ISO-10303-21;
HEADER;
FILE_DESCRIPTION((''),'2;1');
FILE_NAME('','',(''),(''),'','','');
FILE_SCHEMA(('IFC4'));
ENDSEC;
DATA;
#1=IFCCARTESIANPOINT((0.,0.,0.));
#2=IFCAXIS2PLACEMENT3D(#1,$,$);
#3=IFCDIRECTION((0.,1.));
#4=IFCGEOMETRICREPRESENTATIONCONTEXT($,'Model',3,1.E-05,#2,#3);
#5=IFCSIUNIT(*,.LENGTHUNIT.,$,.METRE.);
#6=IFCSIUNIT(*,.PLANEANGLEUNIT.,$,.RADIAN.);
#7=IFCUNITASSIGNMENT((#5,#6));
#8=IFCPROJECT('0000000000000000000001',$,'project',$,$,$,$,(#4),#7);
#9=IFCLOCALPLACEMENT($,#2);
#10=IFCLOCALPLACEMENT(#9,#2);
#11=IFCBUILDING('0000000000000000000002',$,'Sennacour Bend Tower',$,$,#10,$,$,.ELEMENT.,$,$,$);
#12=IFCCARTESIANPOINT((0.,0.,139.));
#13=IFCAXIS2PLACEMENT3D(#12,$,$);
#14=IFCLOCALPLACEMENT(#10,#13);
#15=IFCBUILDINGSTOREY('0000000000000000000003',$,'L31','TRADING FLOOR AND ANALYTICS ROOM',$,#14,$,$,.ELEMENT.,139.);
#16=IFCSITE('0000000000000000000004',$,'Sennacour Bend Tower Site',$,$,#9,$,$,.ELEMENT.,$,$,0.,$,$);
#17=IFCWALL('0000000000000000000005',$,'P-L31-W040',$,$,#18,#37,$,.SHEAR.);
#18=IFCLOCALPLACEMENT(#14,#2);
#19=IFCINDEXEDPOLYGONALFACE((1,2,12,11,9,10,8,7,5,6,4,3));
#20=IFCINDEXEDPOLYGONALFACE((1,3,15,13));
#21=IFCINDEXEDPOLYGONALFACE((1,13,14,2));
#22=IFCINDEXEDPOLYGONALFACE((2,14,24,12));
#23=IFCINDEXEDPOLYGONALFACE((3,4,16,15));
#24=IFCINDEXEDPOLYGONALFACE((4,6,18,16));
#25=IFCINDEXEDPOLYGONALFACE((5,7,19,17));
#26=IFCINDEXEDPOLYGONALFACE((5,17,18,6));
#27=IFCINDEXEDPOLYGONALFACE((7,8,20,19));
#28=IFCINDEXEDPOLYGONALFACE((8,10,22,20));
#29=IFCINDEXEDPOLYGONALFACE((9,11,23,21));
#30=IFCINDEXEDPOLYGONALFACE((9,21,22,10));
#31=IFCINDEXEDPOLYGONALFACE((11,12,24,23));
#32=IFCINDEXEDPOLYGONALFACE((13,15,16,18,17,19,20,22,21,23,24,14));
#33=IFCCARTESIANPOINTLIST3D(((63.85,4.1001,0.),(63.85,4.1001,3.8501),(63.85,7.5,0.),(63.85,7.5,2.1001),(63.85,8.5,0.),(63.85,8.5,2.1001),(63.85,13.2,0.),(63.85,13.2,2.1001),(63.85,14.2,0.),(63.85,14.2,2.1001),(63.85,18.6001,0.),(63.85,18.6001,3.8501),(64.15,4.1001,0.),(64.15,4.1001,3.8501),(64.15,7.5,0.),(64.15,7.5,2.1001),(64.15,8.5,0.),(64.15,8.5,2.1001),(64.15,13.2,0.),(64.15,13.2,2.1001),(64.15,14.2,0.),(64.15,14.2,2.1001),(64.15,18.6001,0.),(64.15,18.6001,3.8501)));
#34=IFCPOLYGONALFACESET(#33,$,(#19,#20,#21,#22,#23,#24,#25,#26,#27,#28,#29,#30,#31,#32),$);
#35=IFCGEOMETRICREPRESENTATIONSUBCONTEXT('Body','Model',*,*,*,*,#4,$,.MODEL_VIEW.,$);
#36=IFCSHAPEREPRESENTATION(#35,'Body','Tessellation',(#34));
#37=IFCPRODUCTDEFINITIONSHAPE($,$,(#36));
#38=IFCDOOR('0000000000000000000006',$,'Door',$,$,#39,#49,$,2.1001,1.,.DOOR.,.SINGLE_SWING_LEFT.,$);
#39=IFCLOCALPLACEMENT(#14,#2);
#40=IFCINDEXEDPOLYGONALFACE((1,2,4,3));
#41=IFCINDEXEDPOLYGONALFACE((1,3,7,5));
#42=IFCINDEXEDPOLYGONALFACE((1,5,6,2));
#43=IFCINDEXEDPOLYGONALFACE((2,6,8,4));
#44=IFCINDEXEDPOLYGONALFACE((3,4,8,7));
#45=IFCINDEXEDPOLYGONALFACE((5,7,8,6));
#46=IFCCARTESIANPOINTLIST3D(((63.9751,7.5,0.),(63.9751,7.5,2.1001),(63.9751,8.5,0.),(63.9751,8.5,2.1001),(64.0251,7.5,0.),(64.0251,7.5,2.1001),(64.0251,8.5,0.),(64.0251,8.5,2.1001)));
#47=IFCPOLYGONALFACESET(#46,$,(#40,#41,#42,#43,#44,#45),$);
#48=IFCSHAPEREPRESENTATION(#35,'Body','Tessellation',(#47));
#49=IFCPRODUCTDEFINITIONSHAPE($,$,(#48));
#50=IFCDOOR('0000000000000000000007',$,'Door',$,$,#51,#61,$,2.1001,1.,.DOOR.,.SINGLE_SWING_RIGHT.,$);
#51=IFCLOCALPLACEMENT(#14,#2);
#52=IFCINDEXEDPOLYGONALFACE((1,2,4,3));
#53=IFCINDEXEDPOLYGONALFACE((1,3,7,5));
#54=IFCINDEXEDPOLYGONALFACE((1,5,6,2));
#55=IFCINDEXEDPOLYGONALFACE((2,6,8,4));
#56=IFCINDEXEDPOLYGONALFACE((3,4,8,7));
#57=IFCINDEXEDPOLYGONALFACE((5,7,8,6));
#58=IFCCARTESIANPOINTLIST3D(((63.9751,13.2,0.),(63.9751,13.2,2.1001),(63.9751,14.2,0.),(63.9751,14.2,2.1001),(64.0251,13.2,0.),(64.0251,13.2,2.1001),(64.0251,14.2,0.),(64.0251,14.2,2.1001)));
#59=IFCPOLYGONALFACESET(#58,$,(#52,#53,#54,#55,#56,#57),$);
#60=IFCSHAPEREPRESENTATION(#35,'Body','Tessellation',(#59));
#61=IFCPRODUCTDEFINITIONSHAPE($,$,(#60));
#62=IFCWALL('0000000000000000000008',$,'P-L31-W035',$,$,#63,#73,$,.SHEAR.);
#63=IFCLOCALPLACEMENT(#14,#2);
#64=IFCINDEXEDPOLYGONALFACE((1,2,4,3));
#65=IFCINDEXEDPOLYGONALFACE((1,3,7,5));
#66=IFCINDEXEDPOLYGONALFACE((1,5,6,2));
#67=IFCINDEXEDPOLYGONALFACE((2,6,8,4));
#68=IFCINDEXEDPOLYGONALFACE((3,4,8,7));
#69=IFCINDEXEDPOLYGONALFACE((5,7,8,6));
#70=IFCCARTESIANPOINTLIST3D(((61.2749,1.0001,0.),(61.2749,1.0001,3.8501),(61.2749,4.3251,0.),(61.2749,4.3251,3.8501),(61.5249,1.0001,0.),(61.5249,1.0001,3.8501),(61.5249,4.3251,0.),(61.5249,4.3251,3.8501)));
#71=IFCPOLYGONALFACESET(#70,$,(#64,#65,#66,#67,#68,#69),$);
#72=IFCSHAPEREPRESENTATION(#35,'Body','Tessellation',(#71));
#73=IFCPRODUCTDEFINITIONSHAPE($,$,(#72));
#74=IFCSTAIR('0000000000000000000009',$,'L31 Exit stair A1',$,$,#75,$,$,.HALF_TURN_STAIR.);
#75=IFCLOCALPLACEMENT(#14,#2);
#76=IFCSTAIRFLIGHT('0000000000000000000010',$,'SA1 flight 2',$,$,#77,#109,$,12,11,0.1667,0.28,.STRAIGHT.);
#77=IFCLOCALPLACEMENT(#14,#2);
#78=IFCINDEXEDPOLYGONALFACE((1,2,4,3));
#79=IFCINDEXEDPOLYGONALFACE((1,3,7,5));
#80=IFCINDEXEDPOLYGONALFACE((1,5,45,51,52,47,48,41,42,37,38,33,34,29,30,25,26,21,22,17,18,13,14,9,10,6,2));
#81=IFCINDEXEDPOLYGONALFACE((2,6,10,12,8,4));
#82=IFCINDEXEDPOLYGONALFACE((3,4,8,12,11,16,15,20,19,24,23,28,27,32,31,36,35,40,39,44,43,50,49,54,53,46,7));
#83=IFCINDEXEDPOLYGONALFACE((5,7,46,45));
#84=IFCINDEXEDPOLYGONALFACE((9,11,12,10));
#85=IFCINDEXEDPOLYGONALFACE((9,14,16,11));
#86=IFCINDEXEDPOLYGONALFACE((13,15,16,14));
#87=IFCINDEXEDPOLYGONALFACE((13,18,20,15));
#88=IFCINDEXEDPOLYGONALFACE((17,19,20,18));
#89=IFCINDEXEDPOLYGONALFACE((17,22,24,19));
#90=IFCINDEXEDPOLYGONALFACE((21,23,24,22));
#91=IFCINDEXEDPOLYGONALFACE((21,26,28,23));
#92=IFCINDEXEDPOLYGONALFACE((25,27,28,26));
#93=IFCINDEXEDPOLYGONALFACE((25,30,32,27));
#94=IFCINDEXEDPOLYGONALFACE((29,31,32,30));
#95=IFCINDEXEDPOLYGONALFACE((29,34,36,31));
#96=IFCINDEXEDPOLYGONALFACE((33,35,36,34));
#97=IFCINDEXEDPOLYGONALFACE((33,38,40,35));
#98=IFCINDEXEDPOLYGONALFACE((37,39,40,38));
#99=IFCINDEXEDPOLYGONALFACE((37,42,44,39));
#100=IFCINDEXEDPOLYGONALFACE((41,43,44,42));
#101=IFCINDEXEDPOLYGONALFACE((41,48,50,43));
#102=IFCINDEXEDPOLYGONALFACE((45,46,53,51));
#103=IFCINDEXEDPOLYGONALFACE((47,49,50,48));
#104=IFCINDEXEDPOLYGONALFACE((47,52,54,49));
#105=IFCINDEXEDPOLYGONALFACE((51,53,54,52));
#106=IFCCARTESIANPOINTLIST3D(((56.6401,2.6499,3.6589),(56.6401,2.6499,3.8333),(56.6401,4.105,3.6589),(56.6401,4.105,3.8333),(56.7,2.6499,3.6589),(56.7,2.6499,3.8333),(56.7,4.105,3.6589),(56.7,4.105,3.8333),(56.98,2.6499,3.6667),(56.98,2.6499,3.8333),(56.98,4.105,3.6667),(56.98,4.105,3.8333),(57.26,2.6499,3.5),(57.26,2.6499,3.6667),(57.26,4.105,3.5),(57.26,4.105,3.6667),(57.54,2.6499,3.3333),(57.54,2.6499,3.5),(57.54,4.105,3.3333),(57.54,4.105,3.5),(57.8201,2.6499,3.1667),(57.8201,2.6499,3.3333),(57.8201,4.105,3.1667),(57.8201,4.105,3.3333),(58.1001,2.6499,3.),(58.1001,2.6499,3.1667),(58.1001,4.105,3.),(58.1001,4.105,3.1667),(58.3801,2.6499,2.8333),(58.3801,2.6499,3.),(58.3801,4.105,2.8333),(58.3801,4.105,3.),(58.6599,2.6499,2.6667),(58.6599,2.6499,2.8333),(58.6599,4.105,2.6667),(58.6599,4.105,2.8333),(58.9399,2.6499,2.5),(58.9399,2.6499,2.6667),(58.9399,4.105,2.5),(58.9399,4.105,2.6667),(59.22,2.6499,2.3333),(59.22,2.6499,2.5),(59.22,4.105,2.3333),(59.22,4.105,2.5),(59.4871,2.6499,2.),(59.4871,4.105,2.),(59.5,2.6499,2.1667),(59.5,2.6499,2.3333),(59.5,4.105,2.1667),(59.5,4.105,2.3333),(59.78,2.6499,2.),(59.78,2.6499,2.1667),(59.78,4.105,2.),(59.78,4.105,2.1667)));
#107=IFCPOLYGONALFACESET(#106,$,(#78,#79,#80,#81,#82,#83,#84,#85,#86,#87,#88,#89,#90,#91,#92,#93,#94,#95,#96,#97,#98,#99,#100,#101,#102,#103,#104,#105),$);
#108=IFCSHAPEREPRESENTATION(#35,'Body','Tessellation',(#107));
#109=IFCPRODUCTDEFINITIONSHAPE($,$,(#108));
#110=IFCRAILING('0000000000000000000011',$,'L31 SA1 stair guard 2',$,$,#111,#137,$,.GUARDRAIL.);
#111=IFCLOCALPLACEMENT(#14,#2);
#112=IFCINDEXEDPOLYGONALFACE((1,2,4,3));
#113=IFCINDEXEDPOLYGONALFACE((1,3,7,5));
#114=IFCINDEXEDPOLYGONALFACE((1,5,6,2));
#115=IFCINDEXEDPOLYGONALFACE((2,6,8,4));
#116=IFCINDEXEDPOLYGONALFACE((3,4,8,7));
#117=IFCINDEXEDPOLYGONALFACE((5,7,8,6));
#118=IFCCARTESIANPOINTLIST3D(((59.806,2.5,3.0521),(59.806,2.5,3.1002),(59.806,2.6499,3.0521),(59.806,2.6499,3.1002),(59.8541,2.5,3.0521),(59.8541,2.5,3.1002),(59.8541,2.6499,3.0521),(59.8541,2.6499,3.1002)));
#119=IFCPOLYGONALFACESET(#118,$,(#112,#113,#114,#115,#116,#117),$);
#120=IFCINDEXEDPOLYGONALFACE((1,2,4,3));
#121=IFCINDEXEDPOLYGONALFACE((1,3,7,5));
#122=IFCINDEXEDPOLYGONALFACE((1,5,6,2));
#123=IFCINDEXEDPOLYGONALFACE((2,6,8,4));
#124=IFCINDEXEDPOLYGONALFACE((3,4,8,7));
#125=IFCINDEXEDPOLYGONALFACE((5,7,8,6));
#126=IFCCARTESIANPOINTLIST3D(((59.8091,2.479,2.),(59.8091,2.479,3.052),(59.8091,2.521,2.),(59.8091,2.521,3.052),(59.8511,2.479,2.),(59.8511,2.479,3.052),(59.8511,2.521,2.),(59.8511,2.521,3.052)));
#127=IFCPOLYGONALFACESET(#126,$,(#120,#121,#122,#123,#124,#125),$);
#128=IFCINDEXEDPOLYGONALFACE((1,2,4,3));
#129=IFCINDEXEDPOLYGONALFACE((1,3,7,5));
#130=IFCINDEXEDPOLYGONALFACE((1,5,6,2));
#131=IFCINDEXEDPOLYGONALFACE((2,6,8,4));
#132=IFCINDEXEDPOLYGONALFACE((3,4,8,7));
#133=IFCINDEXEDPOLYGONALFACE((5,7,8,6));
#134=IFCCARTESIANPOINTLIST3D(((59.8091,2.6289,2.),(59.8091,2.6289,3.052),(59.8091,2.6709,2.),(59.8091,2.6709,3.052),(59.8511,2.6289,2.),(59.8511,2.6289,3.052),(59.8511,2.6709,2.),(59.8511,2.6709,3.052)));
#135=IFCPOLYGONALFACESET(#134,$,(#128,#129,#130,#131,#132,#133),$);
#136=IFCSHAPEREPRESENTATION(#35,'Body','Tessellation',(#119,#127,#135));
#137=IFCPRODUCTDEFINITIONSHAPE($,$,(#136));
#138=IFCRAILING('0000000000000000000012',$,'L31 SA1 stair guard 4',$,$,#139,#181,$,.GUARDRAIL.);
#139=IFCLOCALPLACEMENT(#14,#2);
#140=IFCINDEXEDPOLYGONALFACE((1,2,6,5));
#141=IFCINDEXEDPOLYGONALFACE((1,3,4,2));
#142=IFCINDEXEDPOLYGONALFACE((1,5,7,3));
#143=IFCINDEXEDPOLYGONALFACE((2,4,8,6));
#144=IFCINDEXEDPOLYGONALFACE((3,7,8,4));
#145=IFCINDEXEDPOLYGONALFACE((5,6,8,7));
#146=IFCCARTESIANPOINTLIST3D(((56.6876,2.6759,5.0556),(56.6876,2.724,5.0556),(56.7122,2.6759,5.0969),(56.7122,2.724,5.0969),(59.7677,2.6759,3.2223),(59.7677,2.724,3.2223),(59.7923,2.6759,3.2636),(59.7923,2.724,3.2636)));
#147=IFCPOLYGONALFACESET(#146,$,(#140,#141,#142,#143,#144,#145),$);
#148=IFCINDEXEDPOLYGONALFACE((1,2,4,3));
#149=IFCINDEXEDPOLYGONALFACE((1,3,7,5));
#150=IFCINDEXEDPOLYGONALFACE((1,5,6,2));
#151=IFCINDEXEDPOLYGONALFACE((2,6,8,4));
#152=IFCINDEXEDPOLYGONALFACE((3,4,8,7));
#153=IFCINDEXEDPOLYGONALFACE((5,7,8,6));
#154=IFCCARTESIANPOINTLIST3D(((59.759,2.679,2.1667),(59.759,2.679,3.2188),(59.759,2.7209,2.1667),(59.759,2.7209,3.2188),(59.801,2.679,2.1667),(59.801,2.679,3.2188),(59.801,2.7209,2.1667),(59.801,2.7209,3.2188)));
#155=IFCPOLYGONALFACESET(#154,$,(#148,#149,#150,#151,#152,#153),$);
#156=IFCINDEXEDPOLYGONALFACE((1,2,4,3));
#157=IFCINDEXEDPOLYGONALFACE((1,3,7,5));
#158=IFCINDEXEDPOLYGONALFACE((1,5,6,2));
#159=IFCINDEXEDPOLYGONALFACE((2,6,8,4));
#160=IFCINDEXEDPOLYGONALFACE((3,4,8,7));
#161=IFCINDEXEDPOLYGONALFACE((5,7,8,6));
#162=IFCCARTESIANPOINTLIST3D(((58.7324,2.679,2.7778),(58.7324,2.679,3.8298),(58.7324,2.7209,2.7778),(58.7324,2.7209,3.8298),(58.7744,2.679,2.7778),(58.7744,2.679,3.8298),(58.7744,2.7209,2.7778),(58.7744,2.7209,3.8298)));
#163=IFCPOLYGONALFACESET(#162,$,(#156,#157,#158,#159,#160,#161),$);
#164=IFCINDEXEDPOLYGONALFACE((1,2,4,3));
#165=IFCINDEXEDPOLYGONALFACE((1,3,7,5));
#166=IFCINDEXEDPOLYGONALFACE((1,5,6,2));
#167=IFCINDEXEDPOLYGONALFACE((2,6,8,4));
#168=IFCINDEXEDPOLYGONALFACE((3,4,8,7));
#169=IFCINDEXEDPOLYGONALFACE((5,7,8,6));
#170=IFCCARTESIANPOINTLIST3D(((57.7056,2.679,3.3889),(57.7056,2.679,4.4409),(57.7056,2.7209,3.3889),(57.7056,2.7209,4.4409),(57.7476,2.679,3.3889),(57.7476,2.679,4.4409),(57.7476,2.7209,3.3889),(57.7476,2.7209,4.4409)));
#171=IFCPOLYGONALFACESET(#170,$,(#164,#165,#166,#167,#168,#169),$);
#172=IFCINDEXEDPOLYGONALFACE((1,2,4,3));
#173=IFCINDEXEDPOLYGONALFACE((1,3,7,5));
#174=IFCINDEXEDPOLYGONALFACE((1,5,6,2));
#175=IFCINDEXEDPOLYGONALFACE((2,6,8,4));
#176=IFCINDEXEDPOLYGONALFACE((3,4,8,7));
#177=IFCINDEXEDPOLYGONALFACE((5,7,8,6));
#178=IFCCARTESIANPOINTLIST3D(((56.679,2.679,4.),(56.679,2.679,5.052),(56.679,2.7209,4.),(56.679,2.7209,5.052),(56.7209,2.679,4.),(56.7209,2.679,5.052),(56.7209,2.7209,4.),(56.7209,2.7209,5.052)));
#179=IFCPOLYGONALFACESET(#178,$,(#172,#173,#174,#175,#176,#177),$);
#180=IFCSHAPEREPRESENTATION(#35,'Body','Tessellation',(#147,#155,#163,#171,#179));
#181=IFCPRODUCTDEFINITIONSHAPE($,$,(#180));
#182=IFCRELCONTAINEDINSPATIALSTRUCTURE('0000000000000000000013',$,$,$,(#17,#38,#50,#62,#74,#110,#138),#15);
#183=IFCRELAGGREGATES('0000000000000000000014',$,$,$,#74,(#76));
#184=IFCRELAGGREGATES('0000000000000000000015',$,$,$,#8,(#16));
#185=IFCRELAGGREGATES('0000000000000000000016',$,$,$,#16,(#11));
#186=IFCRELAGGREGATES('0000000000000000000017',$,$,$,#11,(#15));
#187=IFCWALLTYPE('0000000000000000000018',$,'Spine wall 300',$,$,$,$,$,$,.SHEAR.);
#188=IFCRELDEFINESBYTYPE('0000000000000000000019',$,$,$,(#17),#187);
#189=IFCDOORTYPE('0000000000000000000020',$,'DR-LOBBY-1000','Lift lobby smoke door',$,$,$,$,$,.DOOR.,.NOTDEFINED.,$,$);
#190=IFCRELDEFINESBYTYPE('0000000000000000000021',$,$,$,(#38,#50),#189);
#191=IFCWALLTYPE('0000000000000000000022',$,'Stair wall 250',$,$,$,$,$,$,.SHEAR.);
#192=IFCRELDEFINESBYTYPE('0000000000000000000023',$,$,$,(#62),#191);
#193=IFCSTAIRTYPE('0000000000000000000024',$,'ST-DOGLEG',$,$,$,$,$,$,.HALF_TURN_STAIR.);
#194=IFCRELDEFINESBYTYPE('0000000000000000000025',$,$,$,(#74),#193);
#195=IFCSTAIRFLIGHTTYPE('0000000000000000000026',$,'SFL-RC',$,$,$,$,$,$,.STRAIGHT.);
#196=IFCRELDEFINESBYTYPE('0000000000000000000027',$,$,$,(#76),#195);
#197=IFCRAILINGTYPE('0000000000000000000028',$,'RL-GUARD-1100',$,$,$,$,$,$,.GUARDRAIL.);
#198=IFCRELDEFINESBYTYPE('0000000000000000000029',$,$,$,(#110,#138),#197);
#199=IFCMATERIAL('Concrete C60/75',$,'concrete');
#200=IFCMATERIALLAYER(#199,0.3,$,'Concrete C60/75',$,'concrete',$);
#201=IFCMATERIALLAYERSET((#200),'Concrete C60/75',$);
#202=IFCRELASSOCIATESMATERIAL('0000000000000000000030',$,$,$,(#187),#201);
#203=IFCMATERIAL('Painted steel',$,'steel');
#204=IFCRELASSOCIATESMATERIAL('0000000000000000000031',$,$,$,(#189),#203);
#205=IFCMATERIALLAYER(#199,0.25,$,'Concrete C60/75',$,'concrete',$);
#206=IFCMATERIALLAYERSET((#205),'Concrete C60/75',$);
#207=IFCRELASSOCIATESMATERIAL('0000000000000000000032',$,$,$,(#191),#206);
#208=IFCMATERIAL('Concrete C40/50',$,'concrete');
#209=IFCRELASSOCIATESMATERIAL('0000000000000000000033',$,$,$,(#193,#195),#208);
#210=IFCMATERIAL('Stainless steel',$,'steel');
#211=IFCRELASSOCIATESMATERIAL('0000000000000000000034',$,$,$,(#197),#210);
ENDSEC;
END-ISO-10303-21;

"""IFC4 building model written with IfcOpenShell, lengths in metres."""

from ifc_helpers import new_model, si_unit, direction, frame, frame_2d, origin, origin_2d, place, context, subcontext, project, spatial, polyline, rectangle, outline, extrude, material, layer, layer_set, type_object, element, fill, aggregate, save


model = new_model("IFC4")

# Units and contexts
model_context = context("Model", 3, precision=1e-05, world=origin(), true_north=direction((0.0, 1.0)))
body_context = subcontext(model_context, "Body", "Model", "MODEL_VIEW")
ifc_project = project(units=[si_unit("LENGTHUNIT", "METRE"), si_unit("PLANEANGLEUNIT", "RADIAN")], contexts=[model_context])

# Site, building, storey
site_placement = place(None, origin())
site = spatial("IfcSite", under=ifc_project, at=site_placement, Name="Sennacour Bend Tower Site", CompositionType="ELEMENT", RefElevation=0.0)
building_placement = place(site_placement, origin())
building = spatial("IfcBuilding", under=site, at=building_placement, Name="Sennacour Bend Tower", CompositionType="ELEMENT")
storey_placement = place(building_placement, frame((0.0, 0.0, 139.0)))
storey = spatial("IfcBuildingStorey", under=building, at=storey_placement, Name="L31", Description="TRADING FLOOR AND ANALYTICS ROOM", CompositionType="ELEMENT", Elevation=139.0)

# Shared definitions
ifc_material_1 = material(Name="Concrete C60/75", Category="concrete")

# Shared definitions
ifc_material_2 = material(Name="Painted steel", Category="steel")

# Wall, openings, doors
ifc_layer_1 = layer(ifc_material_1, 0.3, Name="Concrete C60/75", Category="concrete")
ifc_layer_set_1 = layer_set([ifc_layer_1], Name="Concrete C60/75")
wall_type_1 = type_object("IfcWallType", Name="Spine wall 300", PredefinedType="SHEAR", material=ifc_layer_set_1)
wall_1_placement = place(storey_placement, frame((64.0, 4.1001, 0.0), z_axis=(0.0, 0.0, 1.0), x_axis=(0.0, 1.0, 0.0)))
wall_1 = element("IfcWall", 1, at=wall_1_placement, inside=storey, type_object=wall_type_1, Name="P-L31-W040", PredefinedType="SHEAR", context=body_context, shape_type="SweptSolid", body=[
    extrude(rectangle(XDim=14.5, YDim=0.3, at=frame_2d((7.25, 0.0))), origin(), (0.0, 0.0, 1.0), 3.8501),
])
opening_1_placement = place(wall_1_placement, frame((3.3999, 0.0, 0.0)))
opening_1 = element("IfcOpeningElement", 2, at=opening_1_placement, cuts=wall_1, PredefinedType="OPENING", context=body_context, shape_type="SweptSolid", body=[
    extrude(rectangle(XDim=1.0, YDim=2.1001, at=frame_2d((0.5, 1.05))), frame((0.0, 0.1602, 0.0), z_axis=(0.0, -1.0, 0.0), x_axis=(1.0, 0.0, 0.0)), (0.0, 0.0, 1.0), 0.3201),
])
opening_2_placement = place(wall_1_placement, frame((9.0999, 0.0, 0.0)))
opening_2 = element("IfcOpeningElement", 3, at=opening_2_placement, cuts=wall_1, PredefinedType="OPENING", context=body_context, shape_type="SweptSolid", body=[
    extrude(rectangle(XDim=1.0, YDim=2.1001, at=frame_2d((0.5, 1.05))), frame((0.0, 0.1602, 0.0), z_axis=(0.0, -1.0, 0.0), x_axis=(1.0, 0.0, 0.0)), (0.0, 0.0, 1.0), 0.3201),
])
door_type_1 = type_object("IfcDoorType", Name="DR-LOBBY-1000", Description="Lift lobby smoke door", OperationType="NOTDEFINED", PredefinedType="DOOR", material=ifc_material_2)
door_1_placement = place(opening_1_placement, origin())
door_1 = element("IfcDoor", 4, at=door_1_placement, inside=storey, type_object=door_type_1, Name="Door", OperationType="SINGLE_SWING_LEFT", OverallHeight=2.1001, OverallWidth=1.0, PredefinedType="DOOR", context=body_context, shape_type="SweptSolid", body=[
    extrude(rectangle(XDim=1.0, YDim=2.1001, at=frame_2d((0.5, 1.05))), frame((0.0, 0.0249, 0.0), z_axis=(0.0, -1.0, 0.0), x_axis=(1.0, 0.0, 0.0)), (0.0, 0.0, 1.0), 0.05),
])
fill(opening_1, door_1)
door_2_placement = place(opening_2_placement, origin())
door_2 = element("IfcDoor", 5, at=door_2_placement, inside=storey, type_object=door_type_1, Name="Door", OperationType="SINGLE_SWING_RIGHT", OverallHeight=2.1001, OverallWidth=1.0, PredefinedType="DOOR", context=body_context, shape_type="SweptSolid", body=[
    extrude(rectangle(XDim=1.0, YDim=2.1001, at=frame_2d((0.5, 1.05))), frame((0.0, 0.0249, 0.0), z_axis=(0.0, -1.0, 0.0), x_axis=(1.0, 0.0, 0.0)), (0.0, 0.0, 1.0), 0.05),
])
fill(opening_2, door_2)

# Wall
ifc_layer_2 = layer(ifc_material_1, 0.25, Name="Concrete C60/75", Category="concrete")
ifc_layer_set_2 = layer_set([ifc_layer_2], Name="Concrete C60/75")
wall_type_2 = type_object("IfcWallType", Name="Stair wall 250", PredefinedType="SHEAR", material=ifc_layer_set_2)
wall_2_placement = place(storey_placement, frame((61.3999, 1.0, 0.0), z_axis=(0.0, 0.0, 1.0), x_axis=(0.0, 1.0, 0.0)))
element("IfcWall", 6, at=wall_2_placement, inside=storey, type_object=wall_type_2, Name="P-L31-W035", PredefinedType="SHEAR", context=body_context, shape_type="SweptSolid", body=[
    extrude(rectangle(XDim=3.325, YDim=0.25, at=frame_2d((1.6626, 0.0))), origin(), (0.0, 0.0, 1.0), 3.8501),
])

# Stair, stair flight
ifc_material_3 = material(Name="Concrete C40/50", Category="concrete")
stair_type = type_object("IfcStairType", Name="ST-DOGLEG", PredefinedType="HALF_TURN_STAIR", material=ifc_material_3)
stair_placement = place(storey_placement, origin())
stair = element("IfcStair", 7, at=stair_placement, inside=storey, type_object=stair_type, Name="L31 Exit stair A1", PredefinedType="HALF_TURN_STAIR")
stair_flight_type = type_object("IfcStairFlightType", Name="SFL-RC", PredefinedType="STRAIGHT", material=ifc_material_3)
stair_flight_placement = place(storey_placement, frame((59.78, 3.3774, 2.0), z_axis=(0.0, 0.0, 1.0), x_axis=(-1.0, 0.0, 0.0)))
stair_flight = element("IfcStairFlight", 8, at=stair_flight_placement, type_object=stair_flight_type, Name="SA1 flight 2", NumberOfRisers=12, NumberOfTreads=11, PredefinedType="STRAIGHT", RiserHeight=0.1667, TreadLength=0.28, context=body_context, shape_type="SweptSolid", body=[
    extrude(outline(polyline([(0.0, 0.0), (0.0, 0.1667), (0.28, 0.1667), (0.28, 0.3333), (0.5601, 0.3333), (0.5601, 0.5), (0.8401, 0.5), (0.8401, 0.6667), (1.1201, 0.6667), (1.1201, 0.8333), (1.3999, 0.8333), (1.3999, 1.0), (1.6799, 1.0), (1.6799, 1.1667), (1.96, 1.1667), (1.96, 1.3333), (2.24, 1.3333), (2.24, 1.5), (2.52, 1.5), (2.52, 1.6667), (2.8, 1.6667), (2.8, 1.8333), (3.0801, 1.8333), (3.1399, 1.8333), (3.1399, 1.6589), (3.0801, 1.6589), (0.293, 0.0), (0.0, 0.0)])), frame((0.0, 0.7275, 0.0), z_axis=(0.0, -1.0, 0.0), x_axis=(1.0, 0.0, 0.0)), (0.0, 0.0, 1.0), 1.4551),
])
aggregate(stair, [stair_flight])

# Railings
ifc_material_4 = material(Name="Stainless steel", Category="steel")
railing_type_1 = type_object("IfcRailingType", Name="RL-GUARD-1100", PredefinedType="GUARDRAIL", material=ifc_material_4)
railing_1_placement = place(storey_placement, frame((59.8301, 2.5, 2.0)))
element("IfcRailing", 9, at=railing_1_placement, inside=storey, type_object=railing_type_1, Name="L31 SA1 stair guard 2", PredefinedType="GUARDRAIL", context=body_context, shape_type="SweptSolid", body=[
    extrude(rectangle(XDim=0.0481, YDim=0.0481, at=origin_2d()), frame((0.0, 0.0, 1.0762), z_axis=(0.0, 1.0, 0.0), x_axis=(-1.0, 0.0, 0.0)), (0.0, 0.0, 1.0), 0.1499),
    extrude(rectangle(XDim=0.042, YDim=0.042, at=origin_2d()), origin(), (0.0, 0.0, 1.0), 1.052),
    extrude(rectangle(XDim=0.042, YDim=0.042, at=origin_2d()), frame((0.0, 0.1499, 0.0)), (0.0, 0.0, 1.0), 1.052),
])
railing_2_placement = place(storey_placement, frame((59.78, 2.7, 2.1667)))
element("IfcRailing", 10, at=railing_2_placement, inside=storey, type_object=railing_type_1, Name="L31 SA1 stair guard 4", PredefinedType="GUARDRAIL", context=body_context, shape_type="SweptSolid", body=[
    extrude(rectangle(XDim=0.0481, YDim=0.0481, at=origin_2d()), frame((0.0, 0.0, 1.0762), z_axis=(-0.859309, 0.0, 0.511458), x_axis=(0.0, -1.0, 0.0)), (0.0, 0.0, 1.0), 3.5845),
    extrude(rectangle(XDim=0.042, YDim=0.042, at=origin_2d()), origin(), (0.0, 0.0, 1.0), 1.052),
    extrude(rectangle(XDim=0.042, YDim=0.042, at=origin_2d()), frame((-1.0266, 0.0, 0.6111)), (0.0, 0.0, 1.0), 1.052),
    extrude(rectangle(XDim=0.042, YDim=0.042, at=origin_2d()), frame((-2.0535, 0.0, 1.2222)), (0.0, 0.0, 1.0), 1.052),
    extrude(rectangle(XDim=0.042, YDim=0.042, at=origin_2d()), frame((-3.0801, 0.0, 1.8333)), (0.0, 0.0, 1.0), 1.052),
])

save(model, "model.ifc")
